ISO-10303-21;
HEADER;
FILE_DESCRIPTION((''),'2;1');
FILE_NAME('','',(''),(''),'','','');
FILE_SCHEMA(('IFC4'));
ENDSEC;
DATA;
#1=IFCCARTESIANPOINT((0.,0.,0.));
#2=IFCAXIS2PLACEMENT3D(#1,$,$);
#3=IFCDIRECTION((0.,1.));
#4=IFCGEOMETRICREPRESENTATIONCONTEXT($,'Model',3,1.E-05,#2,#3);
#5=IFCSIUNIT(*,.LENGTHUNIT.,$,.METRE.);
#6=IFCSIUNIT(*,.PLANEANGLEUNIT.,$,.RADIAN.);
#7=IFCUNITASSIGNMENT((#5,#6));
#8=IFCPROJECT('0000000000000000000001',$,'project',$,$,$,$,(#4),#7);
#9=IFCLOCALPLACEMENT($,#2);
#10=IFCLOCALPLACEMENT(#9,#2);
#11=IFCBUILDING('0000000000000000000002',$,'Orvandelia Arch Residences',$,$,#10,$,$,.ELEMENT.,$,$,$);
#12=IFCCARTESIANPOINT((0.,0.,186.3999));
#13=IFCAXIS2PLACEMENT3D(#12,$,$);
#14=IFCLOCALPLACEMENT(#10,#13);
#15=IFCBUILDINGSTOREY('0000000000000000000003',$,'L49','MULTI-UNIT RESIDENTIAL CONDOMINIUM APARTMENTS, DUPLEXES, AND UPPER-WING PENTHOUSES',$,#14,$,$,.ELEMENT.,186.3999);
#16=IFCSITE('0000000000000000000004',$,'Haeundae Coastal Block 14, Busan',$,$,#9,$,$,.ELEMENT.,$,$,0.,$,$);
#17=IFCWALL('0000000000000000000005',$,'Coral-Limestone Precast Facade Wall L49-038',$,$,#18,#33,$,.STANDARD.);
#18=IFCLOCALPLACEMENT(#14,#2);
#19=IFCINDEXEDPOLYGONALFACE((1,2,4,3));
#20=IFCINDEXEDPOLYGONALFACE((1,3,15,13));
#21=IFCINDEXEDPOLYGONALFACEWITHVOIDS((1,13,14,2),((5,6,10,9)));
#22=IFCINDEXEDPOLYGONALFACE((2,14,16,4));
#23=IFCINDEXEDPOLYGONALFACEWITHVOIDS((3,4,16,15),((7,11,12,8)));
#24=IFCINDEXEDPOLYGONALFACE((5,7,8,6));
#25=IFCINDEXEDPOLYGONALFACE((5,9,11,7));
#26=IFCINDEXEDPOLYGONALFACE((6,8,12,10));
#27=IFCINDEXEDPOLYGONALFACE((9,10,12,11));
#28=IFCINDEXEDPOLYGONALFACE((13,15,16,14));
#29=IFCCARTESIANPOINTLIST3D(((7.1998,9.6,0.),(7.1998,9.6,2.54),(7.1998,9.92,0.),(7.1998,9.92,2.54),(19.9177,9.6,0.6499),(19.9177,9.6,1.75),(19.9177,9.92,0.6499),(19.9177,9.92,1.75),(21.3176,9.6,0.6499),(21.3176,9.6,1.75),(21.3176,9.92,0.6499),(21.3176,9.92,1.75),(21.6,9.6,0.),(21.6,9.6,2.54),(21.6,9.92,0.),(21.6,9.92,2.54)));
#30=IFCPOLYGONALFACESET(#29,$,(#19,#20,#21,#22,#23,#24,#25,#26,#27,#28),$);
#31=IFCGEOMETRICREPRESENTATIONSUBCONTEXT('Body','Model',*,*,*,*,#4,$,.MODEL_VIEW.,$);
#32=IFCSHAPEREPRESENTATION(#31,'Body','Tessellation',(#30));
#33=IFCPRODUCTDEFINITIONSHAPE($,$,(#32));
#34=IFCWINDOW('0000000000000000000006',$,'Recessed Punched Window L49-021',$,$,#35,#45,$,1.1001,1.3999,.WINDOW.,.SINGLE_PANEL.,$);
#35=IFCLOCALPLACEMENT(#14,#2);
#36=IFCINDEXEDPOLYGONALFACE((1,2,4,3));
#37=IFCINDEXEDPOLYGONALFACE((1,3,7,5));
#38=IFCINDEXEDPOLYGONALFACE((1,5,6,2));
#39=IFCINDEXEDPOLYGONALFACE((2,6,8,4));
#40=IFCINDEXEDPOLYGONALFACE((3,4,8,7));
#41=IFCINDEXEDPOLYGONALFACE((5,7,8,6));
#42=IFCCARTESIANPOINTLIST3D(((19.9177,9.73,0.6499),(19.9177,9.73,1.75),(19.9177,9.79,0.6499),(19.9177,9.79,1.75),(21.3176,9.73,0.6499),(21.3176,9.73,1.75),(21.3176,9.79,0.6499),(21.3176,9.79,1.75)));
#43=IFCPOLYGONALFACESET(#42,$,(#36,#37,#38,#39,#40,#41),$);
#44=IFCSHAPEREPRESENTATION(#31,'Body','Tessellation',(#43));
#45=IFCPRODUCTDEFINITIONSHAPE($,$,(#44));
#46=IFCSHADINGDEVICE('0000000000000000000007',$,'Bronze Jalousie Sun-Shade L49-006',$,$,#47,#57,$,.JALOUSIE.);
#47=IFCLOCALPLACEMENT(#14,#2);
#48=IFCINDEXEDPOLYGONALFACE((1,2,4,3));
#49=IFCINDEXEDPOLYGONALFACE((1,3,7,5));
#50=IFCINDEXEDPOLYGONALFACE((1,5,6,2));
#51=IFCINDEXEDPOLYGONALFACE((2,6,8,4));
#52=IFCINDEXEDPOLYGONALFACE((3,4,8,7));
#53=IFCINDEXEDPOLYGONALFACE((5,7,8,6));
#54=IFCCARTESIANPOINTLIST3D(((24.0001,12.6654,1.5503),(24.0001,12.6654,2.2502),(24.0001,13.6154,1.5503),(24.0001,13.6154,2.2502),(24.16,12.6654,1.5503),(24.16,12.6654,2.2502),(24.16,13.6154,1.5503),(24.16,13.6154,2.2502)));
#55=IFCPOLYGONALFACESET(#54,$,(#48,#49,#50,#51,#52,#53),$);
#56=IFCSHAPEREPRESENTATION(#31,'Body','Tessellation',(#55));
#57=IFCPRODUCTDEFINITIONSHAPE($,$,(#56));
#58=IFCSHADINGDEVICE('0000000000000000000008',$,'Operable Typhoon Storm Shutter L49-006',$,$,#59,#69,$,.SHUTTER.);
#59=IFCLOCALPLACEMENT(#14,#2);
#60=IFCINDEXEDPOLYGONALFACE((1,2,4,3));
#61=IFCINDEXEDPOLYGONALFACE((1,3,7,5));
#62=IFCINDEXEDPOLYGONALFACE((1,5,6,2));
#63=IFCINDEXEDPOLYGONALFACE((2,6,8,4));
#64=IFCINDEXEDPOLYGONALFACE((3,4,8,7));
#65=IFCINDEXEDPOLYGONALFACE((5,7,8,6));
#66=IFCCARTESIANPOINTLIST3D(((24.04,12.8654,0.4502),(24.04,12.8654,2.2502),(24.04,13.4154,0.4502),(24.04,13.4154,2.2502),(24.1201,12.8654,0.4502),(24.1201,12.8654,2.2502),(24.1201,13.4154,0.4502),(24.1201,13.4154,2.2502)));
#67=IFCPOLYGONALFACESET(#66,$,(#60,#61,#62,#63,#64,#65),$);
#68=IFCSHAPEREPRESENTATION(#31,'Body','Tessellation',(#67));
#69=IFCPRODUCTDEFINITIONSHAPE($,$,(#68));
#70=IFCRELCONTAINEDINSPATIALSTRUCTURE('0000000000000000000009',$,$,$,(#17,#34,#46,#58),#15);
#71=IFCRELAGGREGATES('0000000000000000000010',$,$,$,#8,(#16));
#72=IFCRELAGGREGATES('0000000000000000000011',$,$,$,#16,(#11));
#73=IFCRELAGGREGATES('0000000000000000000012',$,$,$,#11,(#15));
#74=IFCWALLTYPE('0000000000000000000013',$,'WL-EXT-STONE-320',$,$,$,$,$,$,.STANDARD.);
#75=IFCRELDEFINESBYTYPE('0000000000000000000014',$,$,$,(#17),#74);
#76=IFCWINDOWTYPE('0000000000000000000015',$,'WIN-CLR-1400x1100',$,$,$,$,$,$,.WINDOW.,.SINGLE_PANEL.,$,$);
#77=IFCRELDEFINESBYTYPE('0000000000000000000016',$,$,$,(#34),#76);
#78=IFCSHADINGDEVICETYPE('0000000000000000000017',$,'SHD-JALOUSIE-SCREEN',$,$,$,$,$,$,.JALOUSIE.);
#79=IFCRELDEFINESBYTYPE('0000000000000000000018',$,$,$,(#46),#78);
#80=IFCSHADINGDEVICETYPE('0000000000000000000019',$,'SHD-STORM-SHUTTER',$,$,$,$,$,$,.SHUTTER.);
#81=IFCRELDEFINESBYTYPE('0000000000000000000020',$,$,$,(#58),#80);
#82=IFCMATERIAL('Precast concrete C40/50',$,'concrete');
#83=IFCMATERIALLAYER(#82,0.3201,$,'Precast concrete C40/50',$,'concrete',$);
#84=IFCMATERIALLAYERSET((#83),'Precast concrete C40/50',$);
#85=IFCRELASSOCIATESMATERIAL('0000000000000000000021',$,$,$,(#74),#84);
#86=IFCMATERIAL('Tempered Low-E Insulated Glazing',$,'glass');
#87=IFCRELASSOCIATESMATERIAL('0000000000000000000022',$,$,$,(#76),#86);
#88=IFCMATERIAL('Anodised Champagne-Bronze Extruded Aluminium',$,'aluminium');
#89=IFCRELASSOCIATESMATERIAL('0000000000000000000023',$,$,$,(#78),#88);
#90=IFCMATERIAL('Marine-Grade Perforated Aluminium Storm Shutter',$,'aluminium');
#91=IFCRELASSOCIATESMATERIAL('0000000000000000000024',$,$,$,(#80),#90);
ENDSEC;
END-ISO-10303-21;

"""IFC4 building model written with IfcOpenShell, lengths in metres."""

from ifc_helpers import new_model, si_unit, direction, frame, frame_2d, origin, origin_2d, place, context, subcontext, project, spatial, rectangle, extrude, material, layer, layer_set, type_object, element, fill, save


model = new_model("IFC4")

# Units and contexts
model_context = context("Model", 3, precision=1e-05, world=origin(), true_north=direction((0.0, 1.0)))
body_context = subcontext(model_context, "Body", "Model", "MODEL_VIEW")
ifc_project = project(units=[si_unit("LENGTHUNIT", "METRE"), si_unit("PLANEANGLEUNIT", "RADIAN")], contexts=[model_context])

# Site, building, storey
site_placement = place(None, origin())
site = spatial("IfcSite", under=ifc_project, at=site_placement, Name="Haeundae Coastal Block 14, Busan", CompositionType="ELEMENT", RefElevation=0.0)
building_placement = place(site_placement, origin())
building = spatial("IfcBuilding", under=site, at=building_placement, Name="Orvandelia Arch Residences", CompositionType="ELEMENT")
storey_placement = place(building_placement, frame((0.0, 0.0, 186.3999)))
storey = spatial("IfcBuildingStorey", under=building, at=storey_placement, Name="L49", Description="MULTI-UNIT RESIDENTIAL CONDOMINIUM APARTMENTS, DUPLEXES, AND UPPER-WING PENTHOUSES", CompositionType="ELEMENT", Elevation=186.3999)

# Shared definitions
ifc_material_1 = material(Name="Precast concrete C40/50", Category="concrete")
ifc_layer = layer(ifc_material_1, 0.3201, Name="Precast concrete C40/50", Category="concrete")
ifc_layer_set = layer_set([ifc_layer], Name="Precast concrete C40/50")
wall_type = type_object("IfcWallType", Name="WL-EXT-STONE-320", PredefinedType="STANDARD", material=ifc_layer_set)

# Wall, opening, window
wall_1_placement = place(storey_placement, frame((21.6001, 9.76, 0.0), z_axis=(0.0, 0.0, 1.0), x_axis=(-1.0, 0.0, 0.0)))
wall_1 = element("IfcWall", 1, at=wall_1_placement, inside=storey, type_object=wall_type, Name="Coral-Limestone Precast Facade Wall L49-038", PredefinedType="STANDARD", context=body_context, shape_type="SweptSolid", body=[
    extrude(rectangle(XDim=14.4001, YDim=0.3201, at=frame_2d((7.2002, 0.0))), origin(), (0.0, 0.0, 1.0), 2.54),
])
opening_placement = place(wall_1_placement, frame((0.2825, 0.0, 0.6499)))
opening = element("IfcOpeningElement", 2, at=opening_placement, cuts=wall_1, PredefinedType="OPENING", context=body_context, shape_type="SweptSolid", body=[
    extrude(rectangle(XDim=1.3999, YDim=1.1001, at=frame_2d((0.7, 0.55))), frame((0.0, 0.1699, 0.0), z_axis=(0.0, -1.0, 0.0), x_axis=(1.0, 0.0, 0.0)), (0.0, 0.0, 1.0), 0.3401),
])
ifc_material_2 = material(Name="Tempered Low-E Insulated Glazing", Category="glass")
window_type = type_object("IfcWindowType", Name="WIN-CLR-1400x1100", PartitioningType="SINGLE_PANEL", PredefinedType="WINDOW", material=ifc_material_2)
window_placement = place(opening_placement, origin())
window = element("IfcWindow", 3, at=window_placement, inside=storey, type_object=window_type, Name="Recessed Punched Window L49-021", OverallHeight=1.1001, OverallWidth=1.3999, PartitioningType="SINGLE_PANEL", PredefinedType="WINDOW", context=body_context, shape_type="SweptSolid", body=[
    extrude(rectangle(XDim=1.3999, YDim=1.1001, at=frame_2d((0.7, 0.55))), frame((0.0, 0.03, 0.0), z_axis=(0.0, -1.0, 0.0), x_axis=(1.0, 0.0, 0.0)), (0.0, 0.0, 1.0), 0.0601),
])
fill(opening, window)

# Shading devices
ifc_material_3 = material(Name="Anodised Champagne-Bronze Extruded Aluminium", Category="aluminium")
shading_device_type_1 = type_object("IfcShadingDeviceType", Name="SHD-JALOUSIE-SCREEN", PredefinedType="JALOUSIE", material=ifc_material_3)
shading_device_1_placement = place(storey_placement, frame((24.0801, 13.1404, 1.5503), z_axis=(0.0, 0.0, 1.0), x_axis=(0.0, -1.0, 0.0)))
element("IfcShadingDevice", 4, at=shading_device_1_placement, inside=storey, type_object=shading_device_type_1, Name="Bronze Jalousie Sun-Shade L49-006", PredefinedType="JALOUSIE", context=body_context, shape_type="SweptSolid", body=[
    extrude(rectangle(XDim=0.95, YDim=0.1599, at=origin_2d()), origin(), (0.0, 0.0, 1.0), 0.7),
])
ifc_material_4 = material(Name="Marine-Grade Perforated Aluminium Storm Shutter", Category="aluminium")
shading_device_type_2 = type_object("IfcShadingDeviceType", Name="SHD-STORM-SHUTTER", PredefinedType="SHUTTER", material=ifc_material_4)
shading_device_2_placement = place(storey_placement, frame((24.0801, 13.1404, 0.4502), z_axis=(0.0, 0.0, 1.0), x_axis=(0.0, -1.0, 0.0)))
element("IfcShadingDevice", 5, at=shading_device_2_placement, inside=storey, type_object=shading_device_type_2, Name="Operable Typhoon Storm Shutter L49-006", PredefinedType="SHUTTER", context=body_context, shape_type="SweptSolid", body=[
    extrude(rectangle(XDim=0.55, YDim=0.0801, at=origin_2d()), origin(), (0.0, 0.0, 1.0), 1.8),
])

save(model, "model.ifc")
